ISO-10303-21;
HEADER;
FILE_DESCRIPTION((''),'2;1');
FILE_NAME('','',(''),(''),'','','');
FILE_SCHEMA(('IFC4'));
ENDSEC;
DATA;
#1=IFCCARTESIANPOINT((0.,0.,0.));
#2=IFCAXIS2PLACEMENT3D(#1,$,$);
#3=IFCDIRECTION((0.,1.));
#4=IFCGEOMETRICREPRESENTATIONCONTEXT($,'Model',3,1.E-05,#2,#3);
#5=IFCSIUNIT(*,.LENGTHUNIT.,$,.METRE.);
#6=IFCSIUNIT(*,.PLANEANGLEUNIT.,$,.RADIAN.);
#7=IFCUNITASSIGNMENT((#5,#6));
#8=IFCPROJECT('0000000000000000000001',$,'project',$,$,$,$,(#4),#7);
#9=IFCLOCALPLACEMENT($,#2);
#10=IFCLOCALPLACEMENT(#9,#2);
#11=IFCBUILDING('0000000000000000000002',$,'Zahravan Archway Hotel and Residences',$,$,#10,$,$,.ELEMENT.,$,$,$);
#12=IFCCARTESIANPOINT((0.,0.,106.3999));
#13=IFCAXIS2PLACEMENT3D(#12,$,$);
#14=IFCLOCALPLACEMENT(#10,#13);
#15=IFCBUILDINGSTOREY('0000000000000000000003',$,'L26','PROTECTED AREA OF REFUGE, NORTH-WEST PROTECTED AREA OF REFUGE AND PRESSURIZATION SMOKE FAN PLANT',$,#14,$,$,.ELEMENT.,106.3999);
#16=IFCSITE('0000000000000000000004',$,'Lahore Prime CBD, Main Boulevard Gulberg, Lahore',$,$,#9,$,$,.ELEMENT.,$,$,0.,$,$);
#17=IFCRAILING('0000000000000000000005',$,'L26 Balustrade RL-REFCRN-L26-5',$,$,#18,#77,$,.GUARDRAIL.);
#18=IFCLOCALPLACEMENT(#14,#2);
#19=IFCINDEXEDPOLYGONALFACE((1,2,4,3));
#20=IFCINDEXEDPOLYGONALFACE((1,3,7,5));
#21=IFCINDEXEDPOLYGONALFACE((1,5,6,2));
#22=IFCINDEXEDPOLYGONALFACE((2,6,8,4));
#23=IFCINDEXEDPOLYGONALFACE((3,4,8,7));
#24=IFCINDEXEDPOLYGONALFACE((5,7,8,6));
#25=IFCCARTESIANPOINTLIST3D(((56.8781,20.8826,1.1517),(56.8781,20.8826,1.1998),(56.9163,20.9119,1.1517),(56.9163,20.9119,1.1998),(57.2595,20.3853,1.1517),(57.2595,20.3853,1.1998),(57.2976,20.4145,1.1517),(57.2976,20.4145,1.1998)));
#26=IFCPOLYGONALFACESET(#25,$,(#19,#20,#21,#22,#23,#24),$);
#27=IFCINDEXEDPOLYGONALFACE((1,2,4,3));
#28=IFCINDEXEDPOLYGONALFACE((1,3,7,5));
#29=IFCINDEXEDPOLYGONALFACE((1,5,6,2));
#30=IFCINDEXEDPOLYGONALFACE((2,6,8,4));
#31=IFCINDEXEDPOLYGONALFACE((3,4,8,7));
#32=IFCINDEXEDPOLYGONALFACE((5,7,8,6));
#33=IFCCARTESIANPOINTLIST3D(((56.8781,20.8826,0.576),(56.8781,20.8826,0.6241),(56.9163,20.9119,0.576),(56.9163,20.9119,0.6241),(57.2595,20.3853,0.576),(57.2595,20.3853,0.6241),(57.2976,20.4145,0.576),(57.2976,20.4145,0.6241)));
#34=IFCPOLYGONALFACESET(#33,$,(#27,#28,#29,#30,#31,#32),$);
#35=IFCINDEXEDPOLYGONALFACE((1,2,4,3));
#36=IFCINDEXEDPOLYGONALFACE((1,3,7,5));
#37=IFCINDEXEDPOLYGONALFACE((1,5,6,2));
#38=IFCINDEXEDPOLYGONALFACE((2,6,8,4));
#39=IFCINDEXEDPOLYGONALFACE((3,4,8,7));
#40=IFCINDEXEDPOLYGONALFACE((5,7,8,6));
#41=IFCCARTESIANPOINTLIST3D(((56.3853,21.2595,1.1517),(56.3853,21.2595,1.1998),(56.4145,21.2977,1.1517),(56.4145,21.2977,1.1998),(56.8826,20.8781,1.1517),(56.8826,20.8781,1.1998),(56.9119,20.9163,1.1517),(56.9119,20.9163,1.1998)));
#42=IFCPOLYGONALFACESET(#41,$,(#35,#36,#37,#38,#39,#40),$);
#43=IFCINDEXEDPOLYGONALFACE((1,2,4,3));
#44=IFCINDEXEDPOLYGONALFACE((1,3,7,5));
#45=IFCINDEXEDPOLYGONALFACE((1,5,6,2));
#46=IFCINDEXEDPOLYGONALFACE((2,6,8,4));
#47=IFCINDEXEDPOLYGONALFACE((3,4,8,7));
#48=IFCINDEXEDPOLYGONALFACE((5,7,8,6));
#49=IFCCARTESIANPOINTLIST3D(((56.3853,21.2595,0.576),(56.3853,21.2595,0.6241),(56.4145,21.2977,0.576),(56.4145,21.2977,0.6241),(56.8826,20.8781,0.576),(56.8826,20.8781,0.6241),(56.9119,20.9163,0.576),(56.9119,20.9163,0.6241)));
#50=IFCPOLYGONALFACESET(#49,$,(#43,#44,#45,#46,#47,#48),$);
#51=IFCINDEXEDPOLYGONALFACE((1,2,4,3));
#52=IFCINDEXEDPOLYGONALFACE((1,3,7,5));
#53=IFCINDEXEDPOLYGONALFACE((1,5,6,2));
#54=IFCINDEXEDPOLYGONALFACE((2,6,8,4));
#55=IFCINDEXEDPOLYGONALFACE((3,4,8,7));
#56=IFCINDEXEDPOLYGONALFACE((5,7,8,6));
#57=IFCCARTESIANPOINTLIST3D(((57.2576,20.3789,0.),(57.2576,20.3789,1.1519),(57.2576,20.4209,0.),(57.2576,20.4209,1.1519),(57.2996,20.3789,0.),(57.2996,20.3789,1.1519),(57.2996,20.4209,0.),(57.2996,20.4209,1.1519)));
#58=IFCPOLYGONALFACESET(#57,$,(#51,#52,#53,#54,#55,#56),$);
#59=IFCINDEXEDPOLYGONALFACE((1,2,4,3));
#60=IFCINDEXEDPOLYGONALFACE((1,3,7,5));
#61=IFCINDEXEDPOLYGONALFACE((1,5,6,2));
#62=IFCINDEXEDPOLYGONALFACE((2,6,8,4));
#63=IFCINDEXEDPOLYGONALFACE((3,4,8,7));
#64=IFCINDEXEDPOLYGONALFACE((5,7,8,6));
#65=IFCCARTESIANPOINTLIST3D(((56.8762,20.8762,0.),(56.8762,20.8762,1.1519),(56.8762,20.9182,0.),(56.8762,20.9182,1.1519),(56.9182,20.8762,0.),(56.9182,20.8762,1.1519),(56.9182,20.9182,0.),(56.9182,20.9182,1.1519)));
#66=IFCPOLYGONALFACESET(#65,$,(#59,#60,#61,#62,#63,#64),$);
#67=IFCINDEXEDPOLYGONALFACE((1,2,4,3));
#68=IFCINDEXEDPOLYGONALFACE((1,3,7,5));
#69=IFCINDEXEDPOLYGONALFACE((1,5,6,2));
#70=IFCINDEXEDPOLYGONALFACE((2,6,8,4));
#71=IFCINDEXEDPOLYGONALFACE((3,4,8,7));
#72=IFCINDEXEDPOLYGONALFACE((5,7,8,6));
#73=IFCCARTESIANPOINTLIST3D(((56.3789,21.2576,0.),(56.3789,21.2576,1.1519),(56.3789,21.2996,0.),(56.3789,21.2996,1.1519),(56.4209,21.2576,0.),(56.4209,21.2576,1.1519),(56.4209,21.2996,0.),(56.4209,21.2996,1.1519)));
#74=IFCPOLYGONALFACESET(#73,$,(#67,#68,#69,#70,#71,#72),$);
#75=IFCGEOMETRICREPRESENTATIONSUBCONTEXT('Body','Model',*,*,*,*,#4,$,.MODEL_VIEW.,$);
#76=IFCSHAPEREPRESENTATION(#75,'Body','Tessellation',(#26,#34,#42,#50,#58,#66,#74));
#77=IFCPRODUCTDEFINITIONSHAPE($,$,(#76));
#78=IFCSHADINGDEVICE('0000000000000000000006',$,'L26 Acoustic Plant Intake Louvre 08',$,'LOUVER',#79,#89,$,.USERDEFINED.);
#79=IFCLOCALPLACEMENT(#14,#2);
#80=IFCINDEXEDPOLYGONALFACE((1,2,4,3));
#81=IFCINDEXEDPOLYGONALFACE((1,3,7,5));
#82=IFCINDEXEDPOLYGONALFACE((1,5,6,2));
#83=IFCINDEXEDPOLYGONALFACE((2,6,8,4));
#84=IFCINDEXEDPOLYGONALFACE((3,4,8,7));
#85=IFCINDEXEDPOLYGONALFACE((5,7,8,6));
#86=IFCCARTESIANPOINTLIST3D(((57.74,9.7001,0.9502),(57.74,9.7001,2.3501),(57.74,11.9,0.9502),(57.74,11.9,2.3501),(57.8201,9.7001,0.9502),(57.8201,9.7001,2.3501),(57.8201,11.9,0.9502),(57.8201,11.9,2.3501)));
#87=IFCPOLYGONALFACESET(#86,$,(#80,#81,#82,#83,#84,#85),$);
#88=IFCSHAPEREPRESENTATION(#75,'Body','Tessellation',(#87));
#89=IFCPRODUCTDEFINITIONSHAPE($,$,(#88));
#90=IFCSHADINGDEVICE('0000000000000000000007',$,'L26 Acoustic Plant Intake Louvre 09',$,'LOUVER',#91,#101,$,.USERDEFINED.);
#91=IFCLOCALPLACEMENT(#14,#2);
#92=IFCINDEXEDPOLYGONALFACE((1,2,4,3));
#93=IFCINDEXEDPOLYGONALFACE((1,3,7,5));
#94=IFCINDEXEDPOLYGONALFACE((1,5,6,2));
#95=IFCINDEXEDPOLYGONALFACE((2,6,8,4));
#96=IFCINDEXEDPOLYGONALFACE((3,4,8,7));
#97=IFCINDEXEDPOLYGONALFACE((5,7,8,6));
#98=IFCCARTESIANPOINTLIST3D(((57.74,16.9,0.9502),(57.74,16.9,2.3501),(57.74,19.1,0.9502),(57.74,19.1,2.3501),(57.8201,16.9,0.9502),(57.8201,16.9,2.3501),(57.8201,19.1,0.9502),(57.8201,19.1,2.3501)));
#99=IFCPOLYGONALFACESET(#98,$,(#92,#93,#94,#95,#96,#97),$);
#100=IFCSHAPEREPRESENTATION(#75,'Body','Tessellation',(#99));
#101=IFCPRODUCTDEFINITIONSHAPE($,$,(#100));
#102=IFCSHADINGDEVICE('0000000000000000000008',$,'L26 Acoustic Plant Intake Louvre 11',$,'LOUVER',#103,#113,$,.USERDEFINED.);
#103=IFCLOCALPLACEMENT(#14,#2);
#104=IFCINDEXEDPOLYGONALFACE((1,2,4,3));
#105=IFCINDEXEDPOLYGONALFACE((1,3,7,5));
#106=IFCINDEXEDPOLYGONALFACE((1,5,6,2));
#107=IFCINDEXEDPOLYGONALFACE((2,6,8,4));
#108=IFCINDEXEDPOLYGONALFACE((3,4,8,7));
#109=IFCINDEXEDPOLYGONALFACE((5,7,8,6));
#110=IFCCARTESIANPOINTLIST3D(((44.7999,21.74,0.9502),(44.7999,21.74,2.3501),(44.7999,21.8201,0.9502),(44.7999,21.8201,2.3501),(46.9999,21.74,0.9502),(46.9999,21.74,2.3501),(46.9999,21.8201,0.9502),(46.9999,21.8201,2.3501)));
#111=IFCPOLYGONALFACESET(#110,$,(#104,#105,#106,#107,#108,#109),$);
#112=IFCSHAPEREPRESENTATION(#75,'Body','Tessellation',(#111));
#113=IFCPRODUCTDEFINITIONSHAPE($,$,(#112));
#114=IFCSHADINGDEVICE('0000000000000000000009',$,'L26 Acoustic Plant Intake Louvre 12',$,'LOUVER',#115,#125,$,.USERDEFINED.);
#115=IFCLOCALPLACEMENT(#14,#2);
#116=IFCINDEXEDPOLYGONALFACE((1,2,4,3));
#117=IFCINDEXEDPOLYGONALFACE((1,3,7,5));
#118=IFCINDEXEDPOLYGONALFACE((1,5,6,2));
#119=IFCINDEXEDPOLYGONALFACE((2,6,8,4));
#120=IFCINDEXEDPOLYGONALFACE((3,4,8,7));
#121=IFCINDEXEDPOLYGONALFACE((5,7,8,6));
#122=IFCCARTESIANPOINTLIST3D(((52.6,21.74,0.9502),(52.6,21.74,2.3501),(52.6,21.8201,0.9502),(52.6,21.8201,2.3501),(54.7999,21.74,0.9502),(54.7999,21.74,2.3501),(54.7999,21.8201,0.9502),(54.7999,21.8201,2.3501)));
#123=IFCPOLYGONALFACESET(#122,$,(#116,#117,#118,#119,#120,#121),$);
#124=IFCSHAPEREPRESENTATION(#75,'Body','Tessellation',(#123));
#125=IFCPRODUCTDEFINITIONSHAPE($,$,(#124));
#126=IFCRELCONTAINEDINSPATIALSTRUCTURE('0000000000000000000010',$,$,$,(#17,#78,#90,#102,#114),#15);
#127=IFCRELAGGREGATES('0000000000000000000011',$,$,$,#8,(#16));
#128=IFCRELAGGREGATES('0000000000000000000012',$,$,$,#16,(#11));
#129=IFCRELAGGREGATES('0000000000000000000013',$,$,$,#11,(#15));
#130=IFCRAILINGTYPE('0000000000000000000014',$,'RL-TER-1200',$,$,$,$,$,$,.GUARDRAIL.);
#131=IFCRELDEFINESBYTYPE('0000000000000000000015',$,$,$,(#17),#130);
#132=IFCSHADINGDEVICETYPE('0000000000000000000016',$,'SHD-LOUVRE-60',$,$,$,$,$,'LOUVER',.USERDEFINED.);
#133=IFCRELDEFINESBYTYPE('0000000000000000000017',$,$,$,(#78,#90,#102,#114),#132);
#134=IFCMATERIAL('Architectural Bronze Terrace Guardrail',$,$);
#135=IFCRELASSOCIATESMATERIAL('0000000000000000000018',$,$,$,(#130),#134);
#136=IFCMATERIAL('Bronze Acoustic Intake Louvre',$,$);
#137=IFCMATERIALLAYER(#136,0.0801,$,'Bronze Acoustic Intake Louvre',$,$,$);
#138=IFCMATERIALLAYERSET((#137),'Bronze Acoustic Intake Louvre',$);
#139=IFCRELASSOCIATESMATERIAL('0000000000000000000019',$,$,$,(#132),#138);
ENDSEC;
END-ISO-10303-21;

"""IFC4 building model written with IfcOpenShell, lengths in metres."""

from ifc_helpers import new_model, si_unit, direction, frame, origin, origin_2d, place, context, subcontext, project, spatial, rectangle, extrude, source, transform, mapped, material, layer, layer_set, type_object, type_shapes, element, save


model = new_model("IFC4")

# Units and contexts
model_context = context("Model", 3, precision=1e-05, world=origin(), true_north=direction((0.0, 1.0)))
body_context = subcontext(model_context, "Body", "Model", "MODEL_VIEW")
ifc_project = project(units=[si_unit("LENGTHUNIT", "METRE"), si_unit("PLANEANGLEUNIT", "RADIAN")], contexts=[model_context])

# Site, building, storey
site_placement = place(None, origin())
site = spatial("IfcSite", under=ifc_project, at=site_placement, Name="Lahore Prime CBD, Main Boulevard Gulberg, Lahore", CompositionType="ELEMENT", RefElevation=0.0)
building_placement = place(site_placement, origin())
building = spatial("IfcBuilding", under=site, at=building_placement, Name="Zahravan Archway Hotel and Residences", CompositionType="ELEMENT")
storey_placement = place(building_placement, frame((0.0, 0.0, 106.3999)))
storey = spatial("IfcBuildingStorey", under=building, at=storey_placement, Name="L26", Description="PROTECTED AREA OF REFUGE, NORTH-WEST PROTECTED AREA OF REFUGE AND PRESSURIZATION SMOKE FAN PLANT", CompositionType="ELEMENT", Elevation=106.3999)

# Railing
ifc_material_1 = material(Name="Architectural Bronze Terrace Guardrail")
railing_type_1 = type_object("IfcRailingType", Name="RL-TER-1200", PredefinedType="GUARDRAIL", material=ifc_material_1)
railing_1_placement = place(storey_placement, frame((57.2786, 20.3999, 0.0)))
element("IfcRailing", 1, at=railing_1_placement, inside=storey, type_object=railing_type_1, Name="L26 Balustrade RL-REFCRN-L26-5", PredefinedType="GUARDRAIL", context=body_context, shape_type="SweptSolid", body=[
    extrude(rectangle(XDim=0.0481, YDim=0.0481, at=origin_2d()), frame((0.0, 0.0, 1.1758), z_axis=(-0.608505, 0.79355, 0.0), x_axis=(-0.79355, -0.608505, 0.0)), (0.0, 0.0, 1.0), 0.6267),
    extrude(rectangle(XDim=0.0481, YDim=0.0481, at=origin_2d()), frame((0.0, 0.0, 0.6001), z_axis=(-0.608505, 0.79355, 0.0), x_axis=(-0.79355, -0.608505, 0.0)), (0.0, 0.0, 1.0), 0.6267),
    extrude(rectangle(XDim=0.0481, YDim=0.0481, at=origin_2d()), frame((-0.3813, 0.4973, 1.1758), z_axis=(-0.79355, 0.608505, 0.0), x_axis=(-0.608505, -0.79355, 0.0)), (0.0, 0.0, 1.0), 0.6267),
    extrude(rectangle(XDim=0.0481, YDim=0.0481, at=origin_2d()), frame((-0.3813, 0.4973, 0.6001), z_axis=(-0.79355, 0.608505, 0.0), x_axis=(-0.608505, -0.79355, 0.0)), (0.0, 0.0, 1.0), 0.6267),
    extrude(rectangle(XDim=0.042, YDim=0.042, at=origin_2d()), origin(), (0.0, 0.0, 1.0), 1.1519),
    extrude(rectangle(XDim=0.042, YDim=0.042, at=origin_2d()), frame((-0.3813, 0.4973, 0.0)), (0.0, 0.0, 1.0), 1.1519),
    extrude(rectangle(XDim=0.042, YDim=0.042, at=origin_2d()), frame((-0.8787, 0.8787, 0.0)), (0.0, 0.0, 1.0), 1.1519),
])

# Shading devices
ifc_material_2 = material(Name="Bronze Acoustic Intake Louvre")
ifc_layer_1 = layer(ifc_material_2, 0.0801, Name="Bronze Acoustic Intake Louvre")
ifc_layer_set_1 = layer_set([ifc_layer_1], Name="Bronze Acoustic Intake Louvre")
shading_device_type = type_object("IfcShadingDeviceType", Name="SHD-LOUVRE-60", ElementType="LOUVER", PredefinedType="USERDEFINED", material=ifc_layer_set_1)
shared_shape_1 = source(origin(), body_context, "Body", "SweptSolid", [
    extrude(rectangle(XDim=2.2, YDim=0.0801, at=origin_2d()), origin(), (0.0, 0.0, 1.0), 1.3999),
])
type_shapes(shading_device_type, [shared_shape_1])
for number, where, z_axis, x_axis, name in (
    (2, (57.78, 10.8, 0.9502), (0.0, 0.0, 1.0), (0.0, 1.0, 0.0), "L26 Acoustic Plant Intake Louvre 08"),
    (3, (57.78, 18.0, 0.9502), (0.0, 0.0, 1.0), (0.0, 1.0, 0.0), "L26 Acoustic Plant Intake Louvre 09"),
    (4, (45.8999, 21.78, 0.9502), (0.0, 0.0, 1.0), (1.0, 0.0, 0.0), "L26 Acoustic Plant Intake Louvre 11"),
    (5, (53.7, 21.78, 0.9502), (0.0, 0.0, 1.0), (1.0, 0.0, 0.0), "L26 Acoustic Plant Intake Louvre 12"),
):
    element("IfcShadingDevice", number, at=place(storey_placement, frame(where, z_axis=z_axis, x_axis=x_axis)), inside=storey, type_object=shading_device_type, Name=name, ObjectType="LOUVER", PredefinedType="USERDEFINED", context=body_context, shape_type="MappedRepresentation", body=[
        mapped(shared_shape_1, transform((0.0, 0.0, 0.0), scale=1.0)),
    ])

save(model, "model.ifc")
